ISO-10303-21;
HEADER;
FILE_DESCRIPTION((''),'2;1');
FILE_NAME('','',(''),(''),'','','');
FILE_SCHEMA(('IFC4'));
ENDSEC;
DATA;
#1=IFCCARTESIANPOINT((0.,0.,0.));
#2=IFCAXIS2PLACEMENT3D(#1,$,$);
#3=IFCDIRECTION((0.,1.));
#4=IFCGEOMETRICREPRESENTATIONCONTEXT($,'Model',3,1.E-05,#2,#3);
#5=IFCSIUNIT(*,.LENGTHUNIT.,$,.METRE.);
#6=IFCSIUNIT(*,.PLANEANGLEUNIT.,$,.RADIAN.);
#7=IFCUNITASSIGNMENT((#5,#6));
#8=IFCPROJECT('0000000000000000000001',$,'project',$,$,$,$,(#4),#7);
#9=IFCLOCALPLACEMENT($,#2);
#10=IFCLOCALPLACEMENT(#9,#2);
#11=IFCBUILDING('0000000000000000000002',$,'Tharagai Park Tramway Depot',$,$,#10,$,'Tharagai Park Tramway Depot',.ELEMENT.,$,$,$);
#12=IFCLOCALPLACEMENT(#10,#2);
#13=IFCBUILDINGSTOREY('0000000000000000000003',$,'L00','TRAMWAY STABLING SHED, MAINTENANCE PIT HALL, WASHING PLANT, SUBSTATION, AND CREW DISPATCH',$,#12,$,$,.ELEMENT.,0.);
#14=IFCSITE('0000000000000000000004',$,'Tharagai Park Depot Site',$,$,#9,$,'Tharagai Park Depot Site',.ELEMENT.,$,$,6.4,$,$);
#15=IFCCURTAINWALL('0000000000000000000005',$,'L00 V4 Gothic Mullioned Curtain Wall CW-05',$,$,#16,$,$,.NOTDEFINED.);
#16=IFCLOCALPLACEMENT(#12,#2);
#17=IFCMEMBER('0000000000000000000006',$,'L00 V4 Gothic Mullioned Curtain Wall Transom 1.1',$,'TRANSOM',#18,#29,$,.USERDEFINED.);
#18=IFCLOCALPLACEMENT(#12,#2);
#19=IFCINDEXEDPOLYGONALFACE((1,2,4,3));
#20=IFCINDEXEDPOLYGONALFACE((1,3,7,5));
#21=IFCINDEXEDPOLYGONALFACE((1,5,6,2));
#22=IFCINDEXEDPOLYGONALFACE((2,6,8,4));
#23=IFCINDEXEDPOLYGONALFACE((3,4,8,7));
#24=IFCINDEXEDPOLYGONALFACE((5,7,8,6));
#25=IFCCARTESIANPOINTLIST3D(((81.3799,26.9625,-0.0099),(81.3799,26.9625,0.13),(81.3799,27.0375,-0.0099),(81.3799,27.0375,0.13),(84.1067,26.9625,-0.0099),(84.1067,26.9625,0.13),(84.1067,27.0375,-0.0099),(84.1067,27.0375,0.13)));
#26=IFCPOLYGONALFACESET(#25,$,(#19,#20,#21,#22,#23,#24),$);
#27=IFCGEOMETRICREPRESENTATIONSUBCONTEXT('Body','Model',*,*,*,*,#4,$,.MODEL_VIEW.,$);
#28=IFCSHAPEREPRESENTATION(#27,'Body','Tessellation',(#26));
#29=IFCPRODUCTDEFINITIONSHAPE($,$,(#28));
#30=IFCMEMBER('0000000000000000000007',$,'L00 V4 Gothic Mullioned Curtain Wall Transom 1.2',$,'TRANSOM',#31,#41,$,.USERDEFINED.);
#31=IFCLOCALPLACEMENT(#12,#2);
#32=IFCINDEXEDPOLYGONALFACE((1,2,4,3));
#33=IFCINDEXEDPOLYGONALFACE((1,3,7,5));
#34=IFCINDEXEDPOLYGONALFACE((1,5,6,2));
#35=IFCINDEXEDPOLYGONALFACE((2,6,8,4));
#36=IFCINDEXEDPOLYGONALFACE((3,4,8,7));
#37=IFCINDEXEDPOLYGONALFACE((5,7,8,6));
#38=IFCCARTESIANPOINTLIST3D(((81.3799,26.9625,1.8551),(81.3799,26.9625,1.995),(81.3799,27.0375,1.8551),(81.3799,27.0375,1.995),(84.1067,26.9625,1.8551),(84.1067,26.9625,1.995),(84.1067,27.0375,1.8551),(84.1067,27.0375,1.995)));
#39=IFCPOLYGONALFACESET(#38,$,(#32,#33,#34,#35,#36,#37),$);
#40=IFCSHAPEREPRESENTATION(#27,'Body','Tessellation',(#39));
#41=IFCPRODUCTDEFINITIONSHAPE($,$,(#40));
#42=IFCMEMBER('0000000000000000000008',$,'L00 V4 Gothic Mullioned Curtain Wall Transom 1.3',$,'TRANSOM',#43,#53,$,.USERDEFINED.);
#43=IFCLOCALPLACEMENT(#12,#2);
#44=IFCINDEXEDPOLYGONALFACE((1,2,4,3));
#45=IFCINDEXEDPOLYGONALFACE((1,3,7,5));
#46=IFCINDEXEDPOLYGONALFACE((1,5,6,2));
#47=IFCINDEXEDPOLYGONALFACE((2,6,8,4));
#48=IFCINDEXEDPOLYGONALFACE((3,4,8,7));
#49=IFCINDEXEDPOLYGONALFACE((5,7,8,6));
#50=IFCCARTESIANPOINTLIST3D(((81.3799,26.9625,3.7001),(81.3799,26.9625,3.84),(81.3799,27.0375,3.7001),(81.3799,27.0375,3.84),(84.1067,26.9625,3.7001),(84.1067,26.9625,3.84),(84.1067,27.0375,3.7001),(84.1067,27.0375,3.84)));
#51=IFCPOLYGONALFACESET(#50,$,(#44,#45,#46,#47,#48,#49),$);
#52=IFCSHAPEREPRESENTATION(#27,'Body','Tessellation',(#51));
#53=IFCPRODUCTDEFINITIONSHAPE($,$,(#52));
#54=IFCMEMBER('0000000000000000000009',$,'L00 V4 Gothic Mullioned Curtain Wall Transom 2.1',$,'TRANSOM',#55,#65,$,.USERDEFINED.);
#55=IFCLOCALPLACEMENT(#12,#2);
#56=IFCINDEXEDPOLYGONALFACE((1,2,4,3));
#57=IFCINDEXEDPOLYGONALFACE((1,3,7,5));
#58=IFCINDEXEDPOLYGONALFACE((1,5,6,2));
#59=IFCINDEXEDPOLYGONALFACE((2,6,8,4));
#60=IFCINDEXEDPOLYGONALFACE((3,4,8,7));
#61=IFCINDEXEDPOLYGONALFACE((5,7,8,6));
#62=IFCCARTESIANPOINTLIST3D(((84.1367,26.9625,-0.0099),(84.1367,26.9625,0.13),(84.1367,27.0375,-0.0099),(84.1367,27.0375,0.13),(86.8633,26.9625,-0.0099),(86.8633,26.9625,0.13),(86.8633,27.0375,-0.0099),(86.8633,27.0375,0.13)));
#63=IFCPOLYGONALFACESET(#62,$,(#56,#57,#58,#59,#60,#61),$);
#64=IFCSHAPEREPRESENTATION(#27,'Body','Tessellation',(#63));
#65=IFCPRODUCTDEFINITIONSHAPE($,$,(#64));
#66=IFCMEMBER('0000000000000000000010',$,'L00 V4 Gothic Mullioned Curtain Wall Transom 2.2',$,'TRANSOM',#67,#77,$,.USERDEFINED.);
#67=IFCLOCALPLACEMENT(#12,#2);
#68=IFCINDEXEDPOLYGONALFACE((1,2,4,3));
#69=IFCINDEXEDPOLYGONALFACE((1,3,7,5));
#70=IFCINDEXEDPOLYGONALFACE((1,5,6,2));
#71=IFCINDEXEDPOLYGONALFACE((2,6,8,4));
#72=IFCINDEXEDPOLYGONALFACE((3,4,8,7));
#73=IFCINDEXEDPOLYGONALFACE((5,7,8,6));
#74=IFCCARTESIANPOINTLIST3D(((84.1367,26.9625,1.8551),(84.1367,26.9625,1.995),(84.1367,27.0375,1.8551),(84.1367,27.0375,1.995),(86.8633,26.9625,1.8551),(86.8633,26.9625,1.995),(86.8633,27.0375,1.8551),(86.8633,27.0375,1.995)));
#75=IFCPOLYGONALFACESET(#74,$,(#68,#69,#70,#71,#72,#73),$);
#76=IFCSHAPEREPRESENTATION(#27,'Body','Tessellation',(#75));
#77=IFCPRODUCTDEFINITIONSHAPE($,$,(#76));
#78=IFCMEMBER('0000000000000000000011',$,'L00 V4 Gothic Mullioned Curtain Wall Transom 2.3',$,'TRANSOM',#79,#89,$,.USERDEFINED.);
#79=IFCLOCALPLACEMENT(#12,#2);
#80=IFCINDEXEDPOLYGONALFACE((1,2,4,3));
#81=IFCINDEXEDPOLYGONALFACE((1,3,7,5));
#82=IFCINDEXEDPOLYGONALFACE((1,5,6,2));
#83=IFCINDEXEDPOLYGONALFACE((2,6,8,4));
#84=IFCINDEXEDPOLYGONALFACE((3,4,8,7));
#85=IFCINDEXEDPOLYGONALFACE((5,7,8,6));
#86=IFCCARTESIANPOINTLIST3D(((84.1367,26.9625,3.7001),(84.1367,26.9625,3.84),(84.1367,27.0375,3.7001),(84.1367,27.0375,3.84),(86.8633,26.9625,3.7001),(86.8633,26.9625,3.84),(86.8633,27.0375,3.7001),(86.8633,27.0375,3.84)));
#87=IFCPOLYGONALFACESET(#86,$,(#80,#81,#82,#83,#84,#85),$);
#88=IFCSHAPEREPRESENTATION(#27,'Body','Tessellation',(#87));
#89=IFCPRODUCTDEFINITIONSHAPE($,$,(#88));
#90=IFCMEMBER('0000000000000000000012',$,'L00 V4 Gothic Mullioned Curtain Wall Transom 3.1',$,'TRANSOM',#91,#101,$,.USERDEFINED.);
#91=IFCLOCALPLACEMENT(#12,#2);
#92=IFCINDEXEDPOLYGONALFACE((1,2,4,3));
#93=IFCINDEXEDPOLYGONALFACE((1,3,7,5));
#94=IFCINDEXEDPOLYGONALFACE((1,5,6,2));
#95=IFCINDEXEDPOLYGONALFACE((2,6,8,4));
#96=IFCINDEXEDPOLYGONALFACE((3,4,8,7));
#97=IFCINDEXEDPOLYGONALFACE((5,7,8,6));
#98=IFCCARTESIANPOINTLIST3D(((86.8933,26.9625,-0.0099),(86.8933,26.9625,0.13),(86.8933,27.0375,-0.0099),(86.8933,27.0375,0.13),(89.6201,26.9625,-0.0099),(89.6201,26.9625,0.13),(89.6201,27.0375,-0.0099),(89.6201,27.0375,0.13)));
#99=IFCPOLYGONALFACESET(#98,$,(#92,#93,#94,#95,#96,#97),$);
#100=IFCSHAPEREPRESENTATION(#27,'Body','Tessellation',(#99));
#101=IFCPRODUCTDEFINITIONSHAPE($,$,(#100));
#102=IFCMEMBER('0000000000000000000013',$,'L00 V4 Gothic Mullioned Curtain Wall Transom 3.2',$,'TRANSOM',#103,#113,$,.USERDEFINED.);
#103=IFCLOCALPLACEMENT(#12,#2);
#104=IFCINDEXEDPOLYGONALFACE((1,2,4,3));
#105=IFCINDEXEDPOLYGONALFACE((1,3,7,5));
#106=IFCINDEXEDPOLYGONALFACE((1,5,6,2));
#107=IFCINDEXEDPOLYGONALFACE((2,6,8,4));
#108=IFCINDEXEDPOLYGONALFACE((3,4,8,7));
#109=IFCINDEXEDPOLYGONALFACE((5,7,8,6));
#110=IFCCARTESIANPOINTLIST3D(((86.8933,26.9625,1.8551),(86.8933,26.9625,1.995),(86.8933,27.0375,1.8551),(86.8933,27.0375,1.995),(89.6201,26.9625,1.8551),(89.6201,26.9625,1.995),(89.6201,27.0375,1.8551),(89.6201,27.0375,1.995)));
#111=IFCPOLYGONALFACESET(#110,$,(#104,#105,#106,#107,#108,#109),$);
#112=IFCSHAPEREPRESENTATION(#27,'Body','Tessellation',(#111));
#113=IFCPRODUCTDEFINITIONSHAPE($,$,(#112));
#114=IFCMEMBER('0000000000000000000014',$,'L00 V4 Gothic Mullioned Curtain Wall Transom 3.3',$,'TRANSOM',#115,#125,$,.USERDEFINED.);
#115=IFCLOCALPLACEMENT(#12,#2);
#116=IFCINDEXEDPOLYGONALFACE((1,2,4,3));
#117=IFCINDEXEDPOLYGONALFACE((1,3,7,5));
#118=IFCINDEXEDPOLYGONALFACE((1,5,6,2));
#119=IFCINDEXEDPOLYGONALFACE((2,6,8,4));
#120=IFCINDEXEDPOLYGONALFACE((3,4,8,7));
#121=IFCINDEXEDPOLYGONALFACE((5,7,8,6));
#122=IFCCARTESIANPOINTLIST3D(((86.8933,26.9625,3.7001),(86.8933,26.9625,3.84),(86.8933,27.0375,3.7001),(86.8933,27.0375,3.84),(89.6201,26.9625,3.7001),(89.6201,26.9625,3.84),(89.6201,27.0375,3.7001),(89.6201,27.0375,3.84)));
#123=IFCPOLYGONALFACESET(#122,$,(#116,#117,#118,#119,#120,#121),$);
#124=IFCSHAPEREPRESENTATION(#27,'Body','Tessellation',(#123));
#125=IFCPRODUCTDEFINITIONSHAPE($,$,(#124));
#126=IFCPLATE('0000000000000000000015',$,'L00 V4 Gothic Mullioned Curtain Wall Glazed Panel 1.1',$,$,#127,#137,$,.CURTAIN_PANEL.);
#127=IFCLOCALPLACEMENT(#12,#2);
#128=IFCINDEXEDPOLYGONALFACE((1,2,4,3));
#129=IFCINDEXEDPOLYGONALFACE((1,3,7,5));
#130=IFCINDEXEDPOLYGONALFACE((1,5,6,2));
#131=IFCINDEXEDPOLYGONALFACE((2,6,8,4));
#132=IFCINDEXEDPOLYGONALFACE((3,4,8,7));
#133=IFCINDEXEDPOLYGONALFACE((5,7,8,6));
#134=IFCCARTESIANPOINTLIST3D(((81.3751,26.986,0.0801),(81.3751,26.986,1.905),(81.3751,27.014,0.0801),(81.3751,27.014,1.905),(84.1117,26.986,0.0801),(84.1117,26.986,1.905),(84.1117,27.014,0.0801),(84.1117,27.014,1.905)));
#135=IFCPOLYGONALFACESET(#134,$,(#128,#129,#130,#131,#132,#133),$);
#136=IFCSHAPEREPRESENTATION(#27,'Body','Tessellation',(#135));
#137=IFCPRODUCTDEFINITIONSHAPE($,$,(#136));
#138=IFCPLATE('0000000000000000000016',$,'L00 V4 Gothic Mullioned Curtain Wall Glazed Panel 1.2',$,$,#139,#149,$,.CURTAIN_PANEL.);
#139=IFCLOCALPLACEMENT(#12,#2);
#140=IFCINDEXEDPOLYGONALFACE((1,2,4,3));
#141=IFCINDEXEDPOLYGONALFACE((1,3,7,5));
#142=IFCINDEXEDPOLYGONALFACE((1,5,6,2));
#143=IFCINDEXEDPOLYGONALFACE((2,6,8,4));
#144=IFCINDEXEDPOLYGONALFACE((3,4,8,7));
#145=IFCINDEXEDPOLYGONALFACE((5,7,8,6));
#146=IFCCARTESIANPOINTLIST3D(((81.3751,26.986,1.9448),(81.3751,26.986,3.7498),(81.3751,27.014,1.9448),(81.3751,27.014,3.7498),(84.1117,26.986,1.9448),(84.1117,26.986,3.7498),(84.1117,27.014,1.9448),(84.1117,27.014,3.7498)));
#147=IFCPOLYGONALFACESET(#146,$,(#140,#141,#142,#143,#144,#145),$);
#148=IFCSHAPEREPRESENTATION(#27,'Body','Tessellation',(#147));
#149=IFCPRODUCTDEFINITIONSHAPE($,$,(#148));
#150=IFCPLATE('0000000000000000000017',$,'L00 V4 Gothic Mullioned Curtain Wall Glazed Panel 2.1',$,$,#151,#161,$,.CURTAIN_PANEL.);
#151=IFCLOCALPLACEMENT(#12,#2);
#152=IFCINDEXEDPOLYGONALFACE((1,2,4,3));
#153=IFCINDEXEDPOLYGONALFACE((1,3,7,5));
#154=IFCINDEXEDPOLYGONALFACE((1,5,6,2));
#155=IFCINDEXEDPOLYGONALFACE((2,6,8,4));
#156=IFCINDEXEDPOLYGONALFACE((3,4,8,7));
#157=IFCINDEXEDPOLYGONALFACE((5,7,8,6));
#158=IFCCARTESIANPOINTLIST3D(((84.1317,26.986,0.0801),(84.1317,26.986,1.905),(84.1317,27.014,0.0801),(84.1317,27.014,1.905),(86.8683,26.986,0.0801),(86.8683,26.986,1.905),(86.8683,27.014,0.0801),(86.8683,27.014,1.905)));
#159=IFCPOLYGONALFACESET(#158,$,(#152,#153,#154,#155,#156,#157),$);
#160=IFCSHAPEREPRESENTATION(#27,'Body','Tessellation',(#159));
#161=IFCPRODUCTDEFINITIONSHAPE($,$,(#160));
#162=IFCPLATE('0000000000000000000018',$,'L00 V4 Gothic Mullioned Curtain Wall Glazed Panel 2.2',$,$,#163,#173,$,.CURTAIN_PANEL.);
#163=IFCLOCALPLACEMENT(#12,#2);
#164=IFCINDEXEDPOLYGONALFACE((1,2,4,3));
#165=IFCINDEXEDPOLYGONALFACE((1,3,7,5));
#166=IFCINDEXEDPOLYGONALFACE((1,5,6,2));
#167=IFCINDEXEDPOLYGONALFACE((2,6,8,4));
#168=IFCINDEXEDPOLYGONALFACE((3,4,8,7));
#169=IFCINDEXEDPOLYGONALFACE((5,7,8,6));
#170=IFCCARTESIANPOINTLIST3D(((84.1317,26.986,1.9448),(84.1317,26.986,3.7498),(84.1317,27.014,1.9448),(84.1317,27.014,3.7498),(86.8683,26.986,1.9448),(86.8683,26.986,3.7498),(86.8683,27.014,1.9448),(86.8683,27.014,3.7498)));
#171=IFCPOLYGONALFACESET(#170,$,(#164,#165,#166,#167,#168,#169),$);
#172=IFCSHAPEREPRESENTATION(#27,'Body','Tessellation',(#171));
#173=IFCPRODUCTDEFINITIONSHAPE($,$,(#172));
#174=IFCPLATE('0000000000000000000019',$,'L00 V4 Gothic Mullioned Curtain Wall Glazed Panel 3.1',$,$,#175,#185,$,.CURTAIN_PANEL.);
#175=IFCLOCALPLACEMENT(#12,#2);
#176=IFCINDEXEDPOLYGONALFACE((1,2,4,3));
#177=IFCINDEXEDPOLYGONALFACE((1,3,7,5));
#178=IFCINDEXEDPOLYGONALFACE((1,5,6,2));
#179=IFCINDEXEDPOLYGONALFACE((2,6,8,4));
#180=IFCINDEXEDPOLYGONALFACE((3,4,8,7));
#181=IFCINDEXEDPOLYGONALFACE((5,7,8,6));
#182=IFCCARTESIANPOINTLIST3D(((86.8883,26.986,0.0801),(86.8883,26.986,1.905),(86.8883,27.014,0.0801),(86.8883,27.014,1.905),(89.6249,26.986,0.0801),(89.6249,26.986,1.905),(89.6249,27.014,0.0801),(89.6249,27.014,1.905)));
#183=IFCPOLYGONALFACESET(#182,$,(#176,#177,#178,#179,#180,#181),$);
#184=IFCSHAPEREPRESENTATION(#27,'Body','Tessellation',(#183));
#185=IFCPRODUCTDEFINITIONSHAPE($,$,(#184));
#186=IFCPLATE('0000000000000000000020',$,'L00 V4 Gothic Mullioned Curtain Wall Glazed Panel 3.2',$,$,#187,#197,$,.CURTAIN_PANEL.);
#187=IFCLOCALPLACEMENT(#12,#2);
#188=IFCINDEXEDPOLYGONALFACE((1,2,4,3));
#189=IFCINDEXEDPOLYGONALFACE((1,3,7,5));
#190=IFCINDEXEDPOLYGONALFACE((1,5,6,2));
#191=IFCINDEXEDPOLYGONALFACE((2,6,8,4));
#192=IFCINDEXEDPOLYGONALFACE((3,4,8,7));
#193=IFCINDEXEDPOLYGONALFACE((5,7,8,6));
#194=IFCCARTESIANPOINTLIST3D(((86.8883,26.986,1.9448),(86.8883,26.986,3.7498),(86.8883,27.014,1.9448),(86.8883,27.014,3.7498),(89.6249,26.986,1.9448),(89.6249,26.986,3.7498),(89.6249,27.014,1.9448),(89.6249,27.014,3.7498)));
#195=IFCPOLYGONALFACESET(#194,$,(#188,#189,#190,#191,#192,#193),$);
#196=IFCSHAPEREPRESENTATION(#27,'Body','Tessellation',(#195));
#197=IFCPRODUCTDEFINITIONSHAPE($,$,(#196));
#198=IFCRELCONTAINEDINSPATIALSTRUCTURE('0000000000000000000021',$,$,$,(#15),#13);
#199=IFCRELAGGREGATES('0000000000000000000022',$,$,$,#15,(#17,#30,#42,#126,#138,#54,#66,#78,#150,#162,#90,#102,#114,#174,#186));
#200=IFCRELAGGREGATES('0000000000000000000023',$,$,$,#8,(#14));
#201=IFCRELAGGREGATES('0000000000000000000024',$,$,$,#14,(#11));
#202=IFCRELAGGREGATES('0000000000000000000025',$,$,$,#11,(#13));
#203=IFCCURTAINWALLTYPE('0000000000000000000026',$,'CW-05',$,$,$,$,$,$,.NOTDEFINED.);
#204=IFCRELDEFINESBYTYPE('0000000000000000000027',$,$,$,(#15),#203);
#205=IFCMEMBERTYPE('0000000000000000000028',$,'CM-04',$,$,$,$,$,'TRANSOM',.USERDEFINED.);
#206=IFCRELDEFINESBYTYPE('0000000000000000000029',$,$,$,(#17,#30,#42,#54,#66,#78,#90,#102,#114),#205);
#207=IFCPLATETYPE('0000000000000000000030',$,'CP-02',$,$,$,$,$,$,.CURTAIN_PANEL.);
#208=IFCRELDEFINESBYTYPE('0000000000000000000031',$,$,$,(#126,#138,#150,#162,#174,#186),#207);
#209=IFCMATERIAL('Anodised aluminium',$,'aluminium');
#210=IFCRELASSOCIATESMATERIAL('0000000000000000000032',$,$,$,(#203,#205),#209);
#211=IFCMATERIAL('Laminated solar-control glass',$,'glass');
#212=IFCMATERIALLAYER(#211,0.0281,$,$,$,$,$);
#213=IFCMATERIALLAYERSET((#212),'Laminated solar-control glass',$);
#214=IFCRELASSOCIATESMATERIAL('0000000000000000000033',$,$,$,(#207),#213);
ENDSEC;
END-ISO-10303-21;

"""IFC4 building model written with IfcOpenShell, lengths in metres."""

from ifc_helpers import new_model, si_unit, direction, frame, origin, origin_2d, place, context, subcontext, project, spatial, rectangle, extrude, material, layer, layer_set, material_profile, profile_set, type_object, element, aggregate, save


model = new_model("IFC4")

# Units and contexts
model_context = context("Model", 3, precision=1e-05, world=origin(), true_north=direction((0.0, 1.0)))
body_context = subcontext(model_context, "Body", "Model", "MODEL_VIEW")
ifc_project = project(units=[si_unit("LENGTHUNIT", "METRE"), si_unit("PLANEANGLEUNIT", "RADIAN")], contexts=[model_context])

# Site, building, storey
site_placement = place(None, origin())
site = spatial("IfcSite", under=ifc_project, at=site_placement, Name="Tharagai Park Depot Site", LongName="Tharagai Park Depot Site", CompositionType="ELEMENT", RefElevation=6.4)
building_placement = place(site_placement, origin())
building = spatial("IfcBuilding", under=site, at=building_placement, Name="Tharagai Park Tramway Depot", LongName="Tharagai Park Tramway Depot", CompositionType="ELEMENT")
storey_placement = place(building_placement, origin())
storey = spatial("IfcBuildingStorey", under=building, at=storey_placement, Name="L00", Description="TRAMWAY STABLING SHED, MAINTENANCE PIT HALL, WASHING PLANT, SUBSTATION, AND CREW DISPATCH", CompositionType="ELEMENT", Elevation=0.0)

# Curtain wall, members, plates
ifc_material_1 = material(Name="Anodised aluminium", Category="aluminium")
curtain_wall_type = type_object("IfcCurtainWallType", Name="CW-05", PredefinedType="NOTDEFINED", material=ifc_material_1)
curtain_wall_placement = place(storey_placement, origin())
curtain_wall = element("IfcCurtainWall", 1, at=curtain_wall_placement, inside=storey, type_object=curtain_wall_type, Name="L00 V4 Gothic Mullioned Curtain Wall CW-05", PredefinedType="NOTDEFINED")
ifc_material_profile_1 = material_profile(ifc_material_1, rectangle(XDim=0.075, YDim=0.1399, at=origin_2d()), Name="ALU 75x140")
ifc_profile_set_1 = profile_set([ifc_material_profile_1], Name="Anodised aluminium")
member_type_1 = type_object("IfcMemberType", Name="CM-04", ElementType="TRANSOM", PredefinedType="USERDEFINED", material=ifc_profile_set_1)
member_1_placement = place(storey_placement, frame((81.3799, 27.0, 0.0601), z_axis=(1.0, 0.0, 0.0), x_axis=(0.0, 1.0, 0.0)))
member_1 = element("IfcMember", 2, at=member_1_placement, type_object=member_type_1, Name="L00 V4 Gothic Mullioned Curtain Wall Transom 1.1", ObjectType="TRANSOM", PredefinedType="USERDEFINED", context=body_context, shape_type="SweptSolid", body=[
    extrude(rectangle(XDim=0.075, YDim=0.1399, at=origin_2d()), origin(), (0.0, 0.0, 1.0), 2.7268),
])
member_2_placement = place(storey_placement, frame((81.3799, 27.0, 1.925), z_axis=(1.0, 0.0, 0.0), x_axis=(0.0, 1.0, 0.0)))
member_2 = element("IfcMember", 3, at=member_2_placement, type_object=member_type_1, Name="L00 V4 Gothic Mullioned Curtain Wall Transom 1.2", ObjectType="TRANSOM", PredefinedType="USERDEFINED", context=body_context, shape_type="SweptSolid", body=[
    extrude(rectangle(XDim=0.075, YDim=0.1399, at=origin_2d()), origin(), (0.0, 0.0, 1.0), 2.7268),
])
member_3_placement = place(storey_placement, frame((81.3799, 27.0, 3.77), z_axis=(1.0, 0.0, 0.0), x_axis=(0.0, 1.0, 0.0)))
member_3 = element("IfcMember", 4, at=member_3_placement, type_object=member_type_1, Name="L00 V4 Gothic Mullioned Curtain Wall Transom 1.3", ObjectType="TRANSOM", PredefinedType="USERDEFINED", context=body_context, shape_type="SweptSolid", body=[
    extrude(rectangle(XDim=0.075, YDim=0.1399, at=origin_2d()), origin(), (0.0, 0.0, 1.0), 2.7268),
])
member_4_placement = place(storey_placement, frame((84.1367, 27.0, 0.0601), z_axis=(1.0, 0.0, 0.0), x_axis=(0.0, 1.0, 0.0)))
member_4 = element("IfcMember", 5, at=member_4_placement, type_object=member_type_1, Name="L00 V4 Gothic Mullioned Curtain Wall Transom 2.1", ObjectType="TRANSOM", PredefinedType="USERDEFINED", context=body_context, shape_type="SweptSolid", body=[
    extrude(rectangle(XDim=0.075, YDim=0.1399, at=origin_2d()), origin(), (0.0, 0.0, 1.0), 2.7266),
])
member_5_placement = place(storey_placement, frame((84.1367, 27.0, 1.925), z_axis=(1.0, 0.0, 0.0), x_axis=(0.0, 1.0, 0.0)))
member_5 = element("IfcMember", 6, at=member_5_placement, type_object=member_type_1, Name="L00 V4 Gothic Mullioned Curtain Wall Transom 2.2", ObjectType="TRANSOM", PredefinedType="USERDEFINED", context=body_context, shape_type="SweptSolid", body=[
    extrude(rectangle(XDim=0.075, YDim=0.1399, at=origin_2d()), origin(), (0.0, 0.0, 1.0), 2.7266),
])
member_6_placement = place(storey_placement, frame((84.1367, 27.0, 3.77), z_axis=(1.0, 0.0, 0.0), x_axis=(0.0, 1.0, 0.0)))
member_6 = element("IfcMember", 7, at=member_6_placement, type_object=member_type_1, Name="L00 V4 Gothic Mullioned Curtain Wall Transom 2.3", ObjectType="TRANSOM", PredefinedType="USERDEFINED", context=body_context, shape_type="SweptSolid", body=[
    extrude(rectangle(XDim=0.075, YDim=0.1399, at=origin_2d()), origin(), (0.0, 0.0, 1.0), 2.7266),
])
member_7_placement = place(storey_placement, frame((86.8933, 27.0, 0.0601), z_axis=(1.0, 0.0, 0.0), x_axis=(0.0, 1.0, 0.0)))
member_7 = element("IfcMember", 8, at=member_7_placement, type_object=member_type_1, Name="L00 V4 Gothic Mullioned Curtain Wall Transom 3.1", ObjectType="TRANSOM", PredefinedType="USERDEFINED", context=body_context, shape_type="SweptSolid", body=[
    extrude(rectangle(XDim=0.075, YDim=0.1399, at=origin_2d()), origin(), (0.0, 0.0, 1.0), 2.7268),
])
member_8_placement = place(storey_placement, frame((86.8933, 27.0, 1.925), z_axis=(1.0, 0.0, 0.0), x_axis=(0.0, 1.0, 0.0)))
member_8 = element("IfcMember", 9, at=member_8_placement, type_object=member_type_1, Name="L00 V4 Gothic Mullioned Curtain Wall Transom 3.2", ObjectType="TRANSOM", PredefinedType="USERDEFINED", context=body_context, shape_type="SweptSolid", body=[
    extrude(rectangle(XDim=0.075, YDim=0.1399, at=origin_2d()), origin(), (0.0, 0.0, 1.0), 2.7268),
])
member_9_placement = place(storey_placement, frame((86.8933, 27.0, 3.77), z_axis=(1.0, 0.0, 0.0), x_axis=(0.0, 1.0, 0.0)))
member_9 = element("IfcMember", 10, at=member_9_placement, type_object=member_type_1, Name="L00 V4 Gothic Mullioned Curtain Wall Transom 3.3", ObjectType="TRANSOM", PredefinedType="USERDEFINED", context=body_context, shape_type="SweptSolid", body=[
    extrude(rectangle(XDim=0.075, YDim=0.1399, at=origin_2d()), origin(), (0.0, 0.0, 1.0), 2.7268),
])
ifc_material_2 = material(Name="Laminated solar-control glass", Category="glass")
ifc_layer_1 = layer(ifc_material_2, 0.0281)
ifc_layer_set_1 = layer_set([ifc_layer_1], Name="Laminated solar-control glass")
plate_type = type_object("IfcPlateType", Name="CP-02", PredefinedType="CURTAIN_PANEL", material=ifc_layer_set_1)
plate_1_placement = place(storey_placement, frame((82.7434, 27.0, 0.0801), z_axis=(0.0, 0.0, 1.0), x_axis=(1.0, 0.0, 0.0)))
plate_1 = element("IfcPlate", 11, at=plate_1_placement, type_object=plate_type, Name="L00 V4 Gothic Mullioned Curtain Wall Glazed Panel 1.1", PredefinedType="CURTAIN_PANEL", context=body_context, shape_type="SweptSolid", body=[
    extrude(rectangle(XDim=2.7366, YDim=0.0281, at=origin_2d()), origin(), (0.0, 0.0, 1.0), 1.825),
])
plate_2_placement = place(storey_placement, frame((82.7434, 27.0, 1.9448), z_axis=(0.0, 0.0, 1.0), x_axis=(1.0, 0.0, 0.0)))
plate_2 = element("IfcPlate", 12, at=plate_2_placement, type_object=plate_type, Name="L00 V4 Gothic Mullioned Curtain Wall Glazed Panel 1.2", PredefinedType="CURTAIN_PANEL", context=body_context, shape_type="SweptSolid", body=[
    extrude(rectangle(XDim=2.7366, YDim=0.0281, at=origin_2d()), origin(), (0.0, 0.0, 1.0), 1.8049),
])
plate_3_placement = place(storey_placement, frame((85.5, 27.0, 0.0801), z_axis=(0.0, 0.0, 1.0), x_axis=(1.0, 0.0, 0.0)))
plate_3 = element("IfcPlate", 13, at=plate_3_placement, type_object=plate_type, Name="L00 V4 Gothic Mullioned Curtain Wall Glazed Panel 2.1", PredefinedType="CURTAIN_PANEL", context=body_context, shape_type="SweptSolid", body=[
    extrude(rectangle(XDim=2.7366, YDim=0.0281, at=origin_2d()), origin(), (0.0, 0.0, 1.0), 1.825),
])
plate_4_placement = place(storey_placement, frame((85.5, 27.0, 1.9448), z_axis=(0.0, 0.0, 1.0), x_axis=(1.0, 0.0, 0.0)))
plate_4 = element("IfcPlate", 14, at=plate_4_placement, type_object=plate_type, Name="L00 V4 Gothic Mullioned Curtain Wall Glazed Panel 2.2", PredefinedType="CURTAIN_PANEL", context=body_context, shape_type="SweptSolid", body=[
    extrude(rectangle(XDim=2.7366, YDim=0.0281, at=origin_2d()), origin(), (0.0, 0.0, 1.0), 1.8049),
])
plate_5_placement = place(storey_placement, frame((88.2566, 27.0, 0.0801), z_axis=(0.0, 0.0, 1.0), x_axis=(1.0, 0.0, 0.0)))
plate_5 = element("IfcPlate", 15, at=plate_5_placement, type_object=plate_type, Name="L00 V4 Gothic Mullioned Curtain Wall Glazed Panel 3.1", PredefinedType="CURTAIN_PANEL", context=body_context, shape_type="SweptSolid", body=[
    extrude(rectangle(XDim=2.7366, YDim=0.0281, at=origin_2d()), origin(), (0.0, 0.0, 1.0), 1.825),
])
plate_6_placement = place(storey_placement, frame((88.2566, 27.0, 1.9448), z_axis=(0.0, 0.0, 1.0), x_axis=(1.0, 0.0, 0.0)))
plate_6 = element("IfcPlate", 16, at=plate_6_placement, type_object=plate_type, Name="L00 V4 Gothic Mullioned Curtain Wall Glazed Panel 3.2", PredefinedType="CURTAIN_PANEL", context=body_context, shape_type="SweptSolid", body=[
    extrude(rectangle(XDim=2.7366, YDim=0.0281, at=origin_2d()), origin(), (0.0, 0.0, 1.0), 1.8049),
])
aggregate(curtain_wall, [member_1, member_2, member_3, plate_1, plate_2, member_4, member_5, member_6, plate_3, plate_4, member_7, member_8, member_9, plate_5, plate_6])

save(model, "model.ifc")
